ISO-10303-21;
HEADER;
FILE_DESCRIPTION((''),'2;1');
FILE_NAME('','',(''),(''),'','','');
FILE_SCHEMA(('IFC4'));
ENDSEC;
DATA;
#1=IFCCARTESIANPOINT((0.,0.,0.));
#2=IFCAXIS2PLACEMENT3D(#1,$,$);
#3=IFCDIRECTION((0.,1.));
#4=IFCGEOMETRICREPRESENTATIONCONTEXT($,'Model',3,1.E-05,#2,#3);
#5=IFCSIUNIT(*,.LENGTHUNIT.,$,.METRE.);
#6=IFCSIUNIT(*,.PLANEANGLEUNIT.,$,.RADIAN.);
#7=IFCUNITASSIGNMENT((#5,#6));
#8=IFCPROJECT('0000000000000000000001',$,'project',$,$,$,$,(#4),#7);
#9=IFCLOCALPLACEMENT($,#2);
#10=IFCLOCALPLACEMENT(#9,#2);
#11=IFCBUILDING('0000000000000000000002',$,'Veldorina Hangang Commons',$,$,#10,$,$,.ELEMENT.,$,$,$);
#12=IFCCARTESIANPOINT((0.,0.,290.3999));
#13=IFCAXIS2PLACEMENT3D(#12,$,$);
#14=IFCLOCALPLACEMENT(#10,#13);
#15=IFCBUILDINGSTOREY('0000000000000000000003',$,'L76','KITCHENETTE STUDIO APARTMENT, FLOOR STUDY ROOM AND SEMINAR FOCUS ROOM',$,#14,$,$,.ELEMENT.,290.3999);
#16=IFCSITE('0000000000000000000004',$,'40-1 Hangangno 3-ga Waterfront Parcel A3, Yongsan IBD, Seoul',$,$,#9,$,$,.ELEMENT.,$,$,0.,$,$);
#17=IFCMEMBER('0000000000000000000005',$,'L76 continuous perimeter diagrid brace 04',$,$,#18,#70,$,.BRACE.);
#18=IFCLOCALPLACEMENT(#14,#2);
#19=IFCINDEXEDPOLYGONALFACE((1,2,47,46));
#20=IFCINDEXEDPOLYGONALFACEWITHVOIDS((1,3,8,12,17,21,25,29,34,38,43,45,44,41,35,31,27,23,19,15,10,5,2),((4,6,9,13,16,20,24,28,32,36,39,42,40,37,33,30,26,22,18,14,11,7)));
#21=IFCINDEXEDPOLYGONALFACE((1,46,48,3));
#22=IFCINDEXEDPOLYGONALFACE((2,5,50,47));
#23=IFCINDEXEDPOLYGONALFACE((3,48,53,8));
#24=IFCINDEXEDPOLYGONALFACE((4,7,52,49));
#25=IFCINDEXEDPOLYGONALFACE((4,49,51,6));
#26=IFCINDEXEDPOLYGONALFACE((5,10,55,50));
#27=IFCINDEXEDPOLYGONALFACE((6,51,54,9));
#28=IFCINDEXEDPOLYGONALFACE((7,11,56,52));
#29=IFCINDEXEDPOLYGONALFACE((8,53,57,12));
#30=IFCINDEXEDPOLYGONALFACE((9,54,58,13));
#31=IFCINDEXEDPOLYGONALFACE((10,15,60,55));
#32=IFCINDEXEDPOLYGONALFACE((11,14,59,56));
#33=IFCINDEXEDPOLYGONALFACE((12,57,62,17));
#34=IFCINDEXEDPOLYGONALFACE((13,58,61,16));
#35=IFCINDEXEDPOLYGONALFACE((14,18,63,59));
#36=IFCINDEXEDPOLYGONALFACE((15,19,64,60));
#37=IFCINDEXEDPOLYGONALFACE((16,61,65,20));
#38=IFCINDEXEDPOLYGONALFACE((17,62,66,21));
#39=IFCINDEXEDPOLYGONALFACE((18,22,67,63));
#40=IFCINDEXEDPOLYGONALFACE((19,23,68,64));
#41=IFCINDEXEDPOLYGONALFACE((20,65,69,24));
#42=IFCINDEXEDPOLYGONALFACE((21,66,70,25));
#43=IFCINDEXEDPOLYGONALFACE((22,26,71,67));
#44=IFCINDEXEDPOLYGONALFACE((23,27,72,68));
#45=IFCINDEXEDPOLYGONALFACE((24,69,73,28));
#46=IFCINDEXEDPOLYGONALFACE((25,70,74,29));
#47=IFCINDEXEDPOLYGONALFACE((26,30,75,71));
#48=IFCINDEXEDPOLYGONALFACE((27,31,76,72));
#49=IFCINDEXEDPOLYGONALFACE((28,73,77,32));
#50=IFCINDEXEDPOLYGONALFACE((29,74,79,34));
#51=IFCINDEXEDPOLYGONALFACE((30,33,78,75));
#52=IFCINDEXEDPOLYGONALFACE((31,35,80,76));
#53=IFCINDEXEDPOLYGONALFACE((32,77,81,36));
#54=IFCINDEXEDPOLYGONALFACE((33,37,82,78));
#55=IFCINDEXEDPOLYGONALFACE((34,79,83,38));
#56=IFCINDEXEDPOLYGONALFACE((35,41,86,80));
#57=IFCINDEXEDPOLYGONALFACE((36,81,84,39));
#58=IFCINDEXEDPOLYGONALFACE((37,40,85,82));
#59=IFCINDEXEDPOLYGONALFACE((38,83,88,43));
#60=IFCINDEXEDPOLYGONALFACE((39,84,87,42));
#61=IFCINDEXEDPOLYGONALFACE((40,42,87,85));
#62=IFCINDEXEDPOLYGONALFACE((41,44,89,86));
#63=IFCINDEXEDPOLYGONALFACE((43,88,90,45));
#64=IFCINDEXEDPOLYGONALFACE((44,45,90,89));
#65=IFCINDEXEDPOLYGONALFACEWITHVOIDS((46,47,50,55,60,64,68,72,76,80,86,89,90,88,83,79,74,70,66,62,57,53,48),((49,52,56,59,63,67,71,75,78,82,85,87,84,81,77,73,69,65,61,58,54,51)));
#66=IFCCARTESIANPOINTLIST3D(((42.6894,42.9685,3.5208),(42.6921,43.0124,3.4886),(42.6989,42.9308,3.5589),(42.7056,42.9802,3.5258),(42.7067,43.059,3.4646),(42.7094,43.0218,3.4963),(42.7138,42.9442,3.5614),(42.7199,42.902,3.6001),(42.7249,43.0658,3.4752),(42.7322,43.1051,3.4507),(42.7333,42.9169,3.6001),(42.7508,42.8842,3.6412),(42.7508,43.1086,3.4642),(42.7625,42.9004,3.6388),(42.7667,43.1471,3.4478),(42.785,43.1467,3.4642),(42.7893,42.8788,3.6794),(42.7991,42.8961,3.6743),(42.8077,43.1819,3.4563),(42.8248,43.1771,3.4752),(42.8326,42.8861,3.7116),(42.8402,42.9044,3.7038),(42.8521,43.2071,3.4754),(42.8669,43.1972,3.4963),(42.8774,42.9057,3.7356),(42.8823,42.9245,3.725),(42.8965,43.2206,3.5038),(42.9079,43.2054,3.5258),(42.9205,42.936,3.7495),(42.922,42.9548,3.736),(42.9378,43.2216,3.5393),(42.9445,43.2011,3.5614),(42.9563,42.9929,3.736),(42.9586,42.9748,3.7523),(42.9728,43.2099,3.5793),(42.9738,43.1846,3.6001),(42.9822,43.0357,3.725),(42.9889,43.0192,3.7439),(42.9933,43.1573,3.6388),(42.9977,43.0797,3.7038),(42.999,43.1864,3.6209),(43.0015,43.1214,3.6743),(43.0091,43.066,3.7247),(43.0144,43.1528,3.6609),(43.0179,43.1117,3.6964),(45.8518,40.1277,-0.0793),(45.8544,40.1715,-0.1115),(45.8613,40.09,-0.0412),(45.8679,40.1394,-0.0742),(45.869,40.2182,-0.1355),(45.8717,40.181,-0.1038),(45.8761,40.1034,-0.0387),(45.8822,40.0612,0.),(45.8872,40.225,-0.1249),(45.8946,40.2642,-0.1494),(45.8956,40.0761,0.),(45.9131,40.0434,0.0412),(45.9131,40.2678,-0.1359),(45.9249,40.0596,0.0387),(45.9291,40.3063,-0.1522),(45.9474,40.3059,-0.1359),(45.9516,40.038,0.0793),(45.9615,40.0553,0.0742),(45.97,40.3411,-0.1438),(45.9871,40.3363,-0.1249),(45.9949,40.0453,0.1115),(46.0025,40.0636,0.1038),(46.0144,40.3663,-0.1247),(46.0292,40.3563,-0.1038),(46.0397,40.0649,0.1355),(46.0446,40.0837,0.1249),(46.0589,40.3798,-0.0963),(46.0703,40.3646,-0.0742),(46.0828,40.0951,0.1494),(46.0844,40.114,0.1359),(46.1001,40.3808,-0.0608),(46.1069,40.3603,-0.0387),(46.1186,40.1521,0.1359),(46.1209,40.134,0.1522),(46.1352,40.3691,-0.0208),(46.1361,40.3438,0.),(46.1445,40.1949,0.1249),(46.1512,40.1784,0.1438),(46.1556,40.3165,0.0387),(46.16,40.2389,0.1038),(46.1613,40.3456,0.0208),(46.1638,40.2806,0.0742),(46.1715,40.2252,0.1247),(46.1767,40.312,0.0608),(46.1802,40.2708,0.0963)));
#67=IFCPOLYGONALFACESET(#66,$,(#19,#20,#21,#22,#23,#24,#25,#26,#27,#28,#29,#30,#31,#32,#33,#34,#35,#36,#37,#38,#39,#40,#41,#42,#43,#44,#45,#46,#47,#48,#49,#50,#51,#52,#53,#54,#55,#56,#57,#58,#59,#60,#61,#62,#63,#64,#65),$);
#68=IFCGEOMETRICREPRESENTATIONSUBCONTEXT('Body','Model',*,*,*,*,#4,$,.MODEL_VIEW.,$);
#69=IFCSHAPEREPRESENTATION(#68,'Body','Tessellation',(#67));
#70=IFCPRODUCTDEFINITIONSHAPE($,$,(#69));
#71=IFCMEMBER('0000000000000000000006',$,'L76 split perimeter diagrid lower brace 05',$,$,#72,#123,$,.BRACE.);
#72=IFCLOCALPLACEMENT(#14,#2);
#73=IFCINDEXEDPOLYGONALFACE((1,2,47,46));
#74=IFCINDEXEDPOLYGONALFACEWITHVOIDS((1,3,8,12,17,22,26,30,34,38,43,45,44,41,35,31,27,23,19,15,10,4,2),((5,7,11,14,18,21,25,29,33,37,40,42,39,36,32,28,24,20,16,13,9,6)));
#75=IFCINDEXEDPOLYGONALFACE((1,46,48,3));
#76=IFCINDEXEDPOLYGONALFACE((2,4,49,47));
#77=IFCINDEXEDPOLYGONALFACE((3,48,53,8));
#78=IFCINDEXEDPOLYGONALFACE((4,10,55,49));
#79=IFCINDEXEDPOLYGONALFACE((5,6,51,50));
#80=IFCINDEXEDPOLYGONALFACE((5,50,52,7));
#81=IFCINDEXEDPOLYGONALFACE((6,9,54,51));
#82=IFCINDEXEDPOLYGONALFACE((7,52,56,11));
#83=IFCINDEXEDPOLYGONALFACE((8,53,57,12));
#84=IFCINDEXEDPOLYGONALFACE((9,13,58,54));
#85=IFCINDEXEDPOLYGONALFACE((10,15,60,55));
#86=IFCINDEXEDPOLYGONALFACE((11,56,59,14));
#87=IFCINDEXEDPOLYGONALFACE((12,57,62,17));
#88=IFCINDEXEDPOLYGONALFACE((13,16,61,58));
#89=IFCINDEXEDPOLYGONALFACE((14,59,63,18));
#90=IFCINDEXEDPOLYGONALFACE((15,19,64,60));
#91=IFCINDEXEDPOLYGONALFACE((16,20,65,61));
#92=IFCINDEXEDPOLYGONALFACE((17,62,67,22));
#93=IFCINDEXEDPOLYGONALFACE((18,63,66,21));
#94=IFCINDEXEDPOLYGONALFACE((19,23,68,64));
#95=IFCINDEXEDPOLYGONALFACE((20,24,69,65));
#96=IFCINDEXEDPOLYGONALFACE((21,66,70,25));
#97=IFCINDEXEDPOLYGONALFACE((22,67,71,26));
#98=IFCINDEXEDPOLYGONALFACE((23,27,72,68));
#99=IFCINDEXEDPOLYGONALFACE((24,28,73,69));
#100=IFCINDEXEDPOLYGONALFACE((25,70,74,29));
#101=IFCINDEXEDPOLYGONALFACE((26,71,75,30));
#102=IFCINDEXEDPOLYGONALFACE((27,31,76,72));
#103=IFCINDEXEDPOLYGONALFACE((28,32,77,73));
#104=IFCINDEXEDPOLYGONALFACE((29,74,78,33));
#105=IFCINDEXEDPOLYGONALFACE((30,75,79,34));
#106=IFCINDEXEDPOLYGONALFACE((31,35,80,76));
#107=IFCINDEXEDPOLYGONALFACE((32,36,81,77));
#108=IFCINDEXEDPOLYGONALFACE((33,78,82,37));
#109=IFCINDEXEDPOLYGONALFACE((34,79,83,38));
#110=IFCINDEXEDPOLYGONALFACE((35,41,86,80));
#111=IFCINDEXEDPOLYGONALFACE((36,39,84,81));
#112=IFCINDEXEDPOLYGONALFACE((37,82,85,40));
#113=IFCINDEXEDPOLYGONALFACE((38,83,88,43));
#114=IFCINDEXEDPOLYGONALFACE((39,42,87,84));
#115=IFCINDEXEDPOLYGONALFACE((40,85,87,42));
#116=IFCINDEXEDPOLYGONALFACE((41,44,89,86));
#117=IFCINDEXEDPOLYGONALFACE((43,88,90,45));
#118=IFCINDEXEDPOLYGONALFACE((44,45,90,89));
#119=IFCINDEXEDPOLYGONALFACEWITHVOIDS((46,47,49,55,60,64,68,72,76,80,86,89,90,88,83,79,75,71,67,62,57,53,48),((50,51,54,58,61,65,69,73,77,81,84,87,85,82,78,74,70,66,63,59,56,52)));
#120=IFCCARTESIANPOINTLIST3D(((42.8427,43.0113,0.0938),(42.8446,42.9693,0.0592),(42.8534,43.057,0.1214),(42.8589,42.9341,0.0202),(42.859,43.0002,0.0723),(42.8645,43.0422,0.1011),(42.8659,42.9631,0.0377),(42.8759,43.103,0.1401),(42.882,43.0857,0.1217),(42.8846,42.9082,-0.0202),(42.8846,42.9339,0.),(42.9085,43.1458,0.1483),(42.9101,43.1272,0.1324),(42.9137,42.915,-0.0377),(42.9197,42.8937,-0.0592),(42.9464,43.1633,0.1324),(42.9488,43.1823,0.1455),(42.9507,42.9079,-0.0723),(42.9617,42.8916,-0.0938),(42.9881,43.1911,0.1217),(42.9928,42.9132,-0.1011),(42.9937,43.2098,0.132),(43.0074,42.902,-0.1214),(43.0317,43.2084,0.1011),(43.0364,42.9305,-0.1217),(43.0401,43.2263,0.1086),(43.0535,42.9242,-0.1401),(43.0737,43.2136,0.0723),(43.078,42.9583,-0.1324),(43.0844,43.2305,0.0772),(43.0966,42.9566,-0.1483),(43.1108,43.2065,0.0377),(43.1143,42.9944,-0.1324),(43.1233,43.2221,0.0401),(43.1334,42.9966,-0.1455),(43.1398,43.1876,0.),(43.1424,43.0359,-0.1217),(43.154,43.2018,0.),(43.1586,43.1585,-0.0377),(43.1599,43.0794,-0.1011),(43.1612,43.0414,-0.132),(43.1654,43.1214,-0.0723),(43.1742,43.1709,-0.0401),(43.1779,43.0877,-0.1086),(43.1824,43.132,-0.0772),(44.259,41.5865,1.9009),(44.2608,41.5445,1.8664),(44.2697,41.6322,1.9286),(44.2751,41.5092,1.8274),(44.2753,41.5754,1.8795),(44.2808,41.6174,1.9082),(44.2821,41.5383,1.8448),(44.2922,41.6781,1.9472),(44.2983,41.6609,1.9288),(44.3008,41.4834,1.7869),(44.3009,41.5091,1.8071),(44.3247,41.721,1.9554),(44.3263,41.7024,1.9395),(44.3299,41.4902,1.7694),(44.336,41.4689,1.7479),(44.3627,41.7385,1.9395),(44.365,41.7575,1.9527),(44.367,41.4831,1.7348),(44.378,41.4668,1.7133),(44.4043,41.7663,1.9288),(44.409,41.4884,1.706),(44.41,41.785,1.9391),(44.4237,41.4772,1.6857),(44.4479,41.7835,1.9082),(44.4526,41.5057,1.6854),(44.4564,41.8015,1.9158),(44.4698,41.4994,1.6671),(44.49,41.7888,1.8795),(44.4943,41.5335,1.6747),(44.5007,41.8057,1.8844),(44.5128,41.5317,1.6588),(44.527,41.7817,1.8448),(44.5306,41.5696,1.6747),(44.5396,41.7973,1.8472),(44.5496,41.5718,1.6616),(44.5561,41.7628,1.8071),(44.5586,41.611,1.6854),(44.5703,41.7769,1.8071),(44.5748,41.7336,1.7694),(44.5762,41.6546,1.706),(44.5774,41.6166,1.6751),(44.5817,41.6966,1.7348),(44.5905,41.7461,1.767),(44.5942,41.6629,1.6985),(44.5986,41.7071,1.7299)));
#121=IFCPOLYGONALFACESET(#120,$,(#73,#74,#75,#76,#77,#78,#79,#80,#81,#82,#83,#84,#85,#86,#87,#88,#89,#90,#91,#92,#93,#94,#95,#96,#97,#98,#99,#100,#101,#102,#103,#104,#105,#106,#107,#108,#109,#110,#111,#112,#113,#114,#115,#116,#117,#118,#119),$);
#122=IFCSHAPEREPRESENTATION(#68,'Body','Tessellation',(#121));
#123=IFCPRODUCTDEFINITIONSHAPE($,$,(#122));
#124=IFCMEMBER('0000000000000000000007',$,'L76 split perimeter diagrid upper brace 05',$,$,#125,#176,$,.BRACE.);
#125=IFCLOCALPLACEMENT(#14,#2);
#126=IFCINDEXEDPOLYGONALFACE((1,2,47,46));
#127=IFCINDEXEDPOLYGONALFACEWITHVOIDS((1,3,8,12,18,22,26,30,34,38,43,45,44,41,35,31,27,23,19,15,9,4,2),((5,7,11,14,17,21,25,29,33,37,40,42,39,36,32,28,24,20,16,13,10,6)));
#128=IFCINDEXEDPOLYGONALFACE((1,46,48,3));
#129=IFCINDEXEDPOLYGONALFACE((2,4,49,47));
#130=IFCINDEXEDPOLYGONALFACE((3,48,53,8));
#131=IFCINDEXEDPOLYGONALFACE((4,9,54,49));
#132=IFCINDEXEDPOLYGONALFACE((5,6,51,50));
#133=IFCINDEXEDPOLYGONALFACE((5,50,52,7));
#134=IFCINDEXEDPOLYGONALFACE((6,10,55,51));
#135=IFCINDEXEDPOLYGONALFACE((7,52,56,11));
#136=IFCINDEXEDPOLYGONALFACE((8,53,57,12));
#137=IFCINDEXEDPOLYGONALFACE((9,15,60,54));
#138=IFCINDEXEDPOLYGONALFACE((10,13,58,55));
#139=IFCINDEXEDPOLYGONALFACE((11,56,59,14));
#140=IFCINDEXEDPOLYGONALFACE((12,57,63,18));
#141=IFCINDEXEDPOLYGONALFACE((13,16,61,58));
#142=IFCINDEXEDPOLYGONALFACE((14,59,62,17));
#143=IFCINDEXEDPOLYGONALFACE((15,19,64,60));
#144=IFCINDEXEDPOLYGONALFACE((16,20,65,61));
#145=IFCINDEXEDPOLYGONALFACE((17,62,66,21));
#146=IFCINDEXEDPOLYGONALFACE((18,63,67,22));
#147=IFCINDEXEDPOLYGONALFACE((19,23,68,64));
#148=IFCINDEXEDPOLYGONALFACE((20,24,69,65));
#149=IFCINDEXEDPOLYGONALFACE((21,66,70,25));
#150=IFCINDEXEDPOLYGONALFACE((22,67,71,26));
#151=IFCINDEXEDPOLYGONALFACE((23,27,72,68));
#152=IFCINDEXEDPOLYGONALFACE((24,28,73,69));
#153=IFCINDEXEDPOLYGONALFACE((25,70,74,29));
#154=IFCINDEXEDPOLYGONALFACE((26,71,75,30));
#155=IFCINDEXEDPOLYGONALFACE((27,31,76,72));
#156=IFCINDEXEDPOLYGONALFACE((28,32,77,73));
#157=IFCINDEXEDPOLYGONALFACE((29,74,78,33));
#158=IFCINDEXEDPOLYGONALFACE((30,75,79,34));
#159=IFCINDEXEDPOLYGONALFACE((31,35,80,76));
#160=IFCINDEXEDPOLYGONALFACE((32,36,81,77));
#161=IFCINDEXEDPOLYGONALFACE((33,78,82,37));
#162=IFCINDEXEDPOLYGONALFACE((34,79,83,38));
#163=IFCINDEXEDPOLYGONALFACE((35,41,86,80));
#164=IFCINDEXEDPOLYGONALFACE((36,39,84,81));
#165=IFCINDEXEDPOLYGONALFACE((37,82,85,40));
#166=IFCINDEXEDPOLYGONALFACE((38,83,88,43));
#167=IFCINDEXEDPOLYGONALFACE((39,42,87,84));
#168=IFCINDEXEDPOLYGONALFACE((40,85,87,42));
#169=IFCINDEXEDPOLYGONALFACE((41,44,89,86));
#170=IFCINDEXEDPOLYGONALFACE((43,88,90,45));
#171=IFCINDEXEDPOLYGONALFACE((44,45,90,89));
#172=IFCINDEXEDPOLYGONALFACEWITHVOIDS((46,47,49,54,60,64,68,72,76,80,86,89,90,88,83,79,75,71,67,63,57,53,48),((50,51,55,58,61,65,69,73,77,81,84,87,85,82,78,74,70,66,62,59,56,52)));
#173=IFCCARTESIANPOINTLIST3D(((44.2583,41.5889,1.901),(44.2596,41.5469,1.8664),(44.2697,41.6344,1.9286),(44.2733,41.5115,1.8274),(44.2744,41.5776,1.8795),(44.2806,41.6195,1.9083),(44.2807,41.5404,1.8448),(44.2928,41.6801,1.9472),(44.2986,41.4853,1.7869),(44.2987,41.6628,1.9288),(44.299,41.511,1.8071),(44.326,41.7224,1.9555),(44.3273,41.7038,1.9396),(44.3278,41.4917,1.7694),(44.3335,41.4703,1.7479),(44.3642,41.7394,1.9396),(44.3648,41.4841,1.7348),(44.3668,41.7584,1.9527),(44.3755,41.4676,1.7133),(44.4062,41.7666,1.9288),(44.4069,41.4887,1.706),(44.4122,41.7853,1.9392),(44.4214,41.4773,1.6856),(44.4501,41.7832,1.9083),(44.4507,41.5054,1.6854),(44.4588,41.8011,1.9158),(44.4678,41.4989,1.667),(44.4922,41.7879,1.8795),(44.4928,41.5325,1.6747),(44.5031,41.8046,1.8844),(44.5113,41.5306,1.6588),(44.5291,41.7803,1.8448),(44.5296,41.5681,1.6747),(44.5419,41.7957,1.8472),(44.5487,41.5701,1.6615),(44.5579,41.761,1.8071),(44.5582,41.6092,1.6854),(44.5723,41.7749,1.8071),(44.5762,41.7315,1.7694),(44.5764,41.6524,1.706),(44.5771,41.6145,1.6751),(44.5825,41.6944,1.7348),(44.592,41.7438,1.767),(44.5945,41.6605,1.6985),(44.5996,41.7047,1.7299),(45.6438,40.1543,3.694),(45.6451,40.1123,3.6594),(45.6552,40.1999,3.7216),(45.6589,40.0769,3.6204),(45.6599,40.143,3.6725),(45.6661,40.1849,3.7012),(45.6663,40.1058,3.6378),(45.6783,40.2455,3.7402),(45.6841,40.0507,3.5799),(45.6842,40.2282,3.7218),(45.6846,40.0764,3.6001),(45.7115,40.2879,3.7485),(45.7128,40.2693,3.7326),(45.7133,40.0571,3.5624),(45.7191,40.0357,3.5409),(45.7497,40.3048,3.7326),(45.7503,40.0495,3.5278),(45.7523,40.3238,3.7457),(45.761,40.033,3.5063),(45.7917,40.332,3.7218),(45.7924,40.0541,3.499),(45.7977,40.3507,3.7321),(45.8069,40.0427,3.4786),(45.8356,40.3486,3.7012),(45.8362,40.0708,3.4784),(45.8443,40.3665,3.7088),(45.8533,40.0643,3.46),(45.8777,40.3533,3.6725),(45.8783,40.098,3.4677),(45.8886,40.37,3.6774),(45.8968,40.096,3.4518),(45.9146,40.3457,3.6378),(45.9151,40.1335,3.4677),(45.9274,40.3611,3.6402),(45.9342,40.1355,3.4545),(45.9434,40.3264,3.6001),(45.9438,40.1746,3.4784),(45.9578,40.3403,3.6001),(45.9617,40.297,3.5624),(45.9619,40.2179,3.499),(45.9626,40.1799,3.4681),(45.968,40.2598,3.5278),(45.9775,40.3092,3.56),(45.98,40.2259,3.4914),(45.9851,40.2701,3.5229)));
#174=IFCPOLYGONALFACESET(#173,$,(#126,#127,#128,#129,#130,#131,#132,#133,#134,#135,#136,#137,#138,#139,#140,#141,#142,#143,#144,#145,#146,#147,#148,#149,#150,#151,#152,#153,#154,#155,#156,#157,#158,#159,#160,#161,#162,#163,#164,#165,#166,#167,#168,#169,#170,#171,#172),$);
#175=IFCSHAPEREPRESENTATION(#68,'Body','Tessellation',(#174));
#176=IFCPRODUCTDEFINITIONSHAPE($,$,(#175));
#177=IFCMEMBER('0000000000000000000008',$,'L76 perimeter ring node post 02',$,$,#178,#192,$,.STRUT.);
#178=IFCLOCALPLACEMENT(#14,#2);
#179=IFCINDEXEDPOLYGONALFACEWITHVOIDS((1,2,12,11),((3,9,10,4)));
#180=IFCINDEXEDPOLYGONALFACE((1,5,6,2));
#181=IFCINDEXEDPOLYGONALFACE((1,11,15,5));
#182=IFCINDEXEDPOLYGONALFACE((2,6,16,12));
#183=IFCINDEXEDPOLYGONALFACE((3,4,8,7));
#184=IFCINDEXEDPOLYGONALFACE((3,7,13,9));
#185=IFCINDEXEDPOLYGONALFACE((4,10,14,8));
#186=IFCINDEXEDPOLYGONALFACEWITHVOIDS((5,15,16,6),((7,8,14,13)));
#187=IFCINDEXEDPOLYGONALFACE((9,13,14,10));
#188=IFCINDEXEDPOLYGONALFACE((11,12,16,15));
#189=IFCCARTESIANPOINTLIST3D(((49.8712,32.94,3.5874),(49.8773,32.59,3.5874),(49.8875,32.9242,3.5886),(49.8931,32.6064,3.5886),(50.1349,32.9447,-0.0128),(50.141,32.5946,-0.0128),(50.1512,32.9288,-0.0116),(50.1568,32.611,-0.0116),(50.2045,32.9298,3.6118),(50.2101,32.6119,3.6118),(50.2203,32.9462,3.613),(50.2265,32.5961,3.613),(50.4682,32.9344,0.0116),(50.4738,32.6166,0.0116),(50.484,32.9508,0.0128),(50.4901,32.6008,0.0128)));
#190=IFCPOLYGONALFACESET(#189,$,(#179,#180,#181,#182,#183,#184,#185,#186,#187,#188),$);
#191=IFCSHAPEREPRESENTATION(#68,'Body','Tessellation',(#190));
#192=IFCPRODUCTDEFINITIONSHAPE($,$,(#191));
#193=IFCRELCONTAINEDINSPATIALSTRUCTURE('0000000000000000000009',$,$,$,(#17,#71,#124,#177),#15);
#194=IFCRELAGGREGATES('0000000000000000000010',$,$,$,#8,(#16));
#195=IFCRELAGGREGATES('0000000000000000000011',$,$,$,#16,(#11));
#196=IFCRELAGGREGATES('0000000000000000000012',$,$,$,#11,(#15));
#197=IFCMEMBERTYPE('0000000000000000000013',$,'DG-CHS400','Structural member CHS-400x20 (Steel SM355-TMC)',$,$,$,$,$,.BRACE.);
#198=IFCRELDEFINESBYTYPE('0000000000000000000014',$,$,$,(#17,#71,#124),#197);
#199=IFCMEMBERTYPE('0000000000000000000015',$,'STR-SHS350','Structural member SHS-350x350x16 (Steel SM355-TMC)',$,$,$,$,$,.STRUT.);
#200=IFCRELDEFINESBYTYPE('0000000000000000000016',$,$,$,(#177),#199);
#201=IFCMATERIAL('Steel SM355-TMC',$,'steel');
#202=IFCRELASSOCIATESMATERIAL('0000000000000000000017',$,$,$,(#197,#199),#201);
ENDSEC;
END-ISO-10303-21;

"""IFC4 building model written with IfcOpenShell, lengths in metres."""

from ifc_helpers import new_model, si_unit, direction, frame, origin, origin_2d, place, context, subcontext, project, spatial, hollow_rectangle, hollow_circle, extrude, material, material_profile, profile_set, type_object, element, save


model = new_model("IFC4")

# Units and contexts
model_context = context("Model", 3, precision=1e-05, world=origin(), true_north=direction((0.0, 1.0)))
body_context = subcontext(model_context, "Body", "Model", "MODEL_VIEW")
ifc_project = project(units=[si_unit("LENGTHUNIT", "METRE"), si_unit("PLANEANGLEUNIT", "RADIAN")], contexts=[model_context])

# Site, building, storey
site_placement = place(None, origin())
site = spatial("IfcSite", under=ifc_project, at=site_placement, Name="40-1 Hangangno 3-ga Waterfront Parcel A3, Yongsan IBD, Seoul", CompositionType="ELEMENT", RefElevation=0.0)
building_placement = place(site_placement, origin())
building = spatial("IfcBuilding", under=site, at=building_placement, Name="Veldorina Hangang Commons", CompositionType="ELEMENT")
storey_placement = place(building_placement, frame((0.0, 0.0, 290.3999)))
storey = spatial("IfcBuildingStorey", under=building, at=storey_placement, Name="L76", Description="KITCHENETTE STUDIO APARTMENT, FLOOR STUDY ROOM AND SEMINAR FOCUS ROOM", CompositionType="ELEMENT", Elevation=290.3999)

# Shared definitions
ifc_material_1 = material(Name="Steel SM355-TMC", Category="steel")

# Members
ifc_material_profile_1 = material_profile(ifc_material_1, hollow_circle(Radius=0.2, WallThickness=0.02, at=origin_2d()), Name="CHS-400x20")
ifc_profile_set_1 = profile_set([ifc_material_profile_1], Name="Steel SM355-TMC")
member_type_1 = type_object("IfcMemberType", Name="DG-CHS400", Description="Structural member CHS-400x20 (Steel SM355-TMC)", PredefinedType="BRACE", material=ifc_profile_set_1)
member_1_placement = place(storey_placement, frame((46.0159, 40.21, 0.0), z_axis=(-0.567688, 0.509968, 0.646269), x_axis=(-0.668276, -0.743914, 0.0)))
element("IfcMember", 1, at=member_1_placement, inside=storey, type_object=member_type_1, Name="L76 continuous perimeter diagrid brace 04", PredefinedType="BRACE", context=body_context, shape_type="SweptSolid", body=[
    extrude(hollow_circle(Radius=0.2, WallThickness=0.02, at=origin_2d()), origin(), (0.0, 0.0, 1.0), 5.5706),
])
member_2_placement = place(storey_placement, frame((43.0122, 43.0608, 0.0), z_axis=(0.524125, -0.527287, 0.668776), x_axis=(0.70923, 0.704977, 0.0)))
element("IfcMember", 2, at=member_2_placement, inside=storey, type_object=member_type_1, Name="L76 split perimeter diagrid lower brace 05", PredefinedType="BRACE", context=body_context, shape_type="SweptSolid", body=[
    extrude(hollow_circle(Radius=0.2, WallThickness=0.02, at=origin_2d()), origin(), (0.0, 0.0, 1.0), 2.7021),
])
member_3_placement = place(storey_placement, frame((44.4285, 41.636, 1.8071), z_axis=(0.51662, -0.534918, 0.668556), x_axis=(0.719302, 0.694697, 0.0)))
element("IfcMember", 3, at=member_3_placement, inside=storey, type_object=member_type_1, Name="L76 split perimeter diagrid upper brace 05", PredefinedType="BRACE", context=body_context, shape_type="SweptSolid", body=[
    extrude(hollow_circle(Radius=0.2, WallThickness=0.02, at=origin_2d()), origin(), (0.0, 0.0, 1.0), 2.6819),
])
ifc_material_profile_2 = material_profile(ifc_material_1, hollow_rectangle(XDim=0.3501, YDim=0.3501, WallThickness=0.0161, at=origin_2d()), Name="SHS-350x350x16")
ifc_profile_set_2 = profile_set([ifc_material_profile_2], Name="Steel SM355-TMC")
member_type_2 = type_object("IfcMemberType", Name="STR-SHS350", Description="Structural member SHS-350x350x16 (Steel SM355-TMC)", PredefinedType="STRUT", material=ifc_profile_set_2)
member_4_placement = place(storey_placement, frame((50.3125, 32.7727, 0.0), z_axis=(-0.073044, -0.001285, 0.997328), x_axis=(0.01759, -0.999845, 0.0)))
element("IfcMember", 4, at=member_4_placement, inside=storey, type_object=member_type_2, Name="L76 perimeter ring node post 02", PredefinedType="STRUT", context=body_context, shape_type="SweptSolid", body=[
    extrude(hollow_rectangle(XDim=0.3501, YDim=0.3501, WallThickness=0.0161, at=origin_2d()), origin(), (0.0, 0.0, 1.0), 3.6099),
])

save(model, "model.ifc")
